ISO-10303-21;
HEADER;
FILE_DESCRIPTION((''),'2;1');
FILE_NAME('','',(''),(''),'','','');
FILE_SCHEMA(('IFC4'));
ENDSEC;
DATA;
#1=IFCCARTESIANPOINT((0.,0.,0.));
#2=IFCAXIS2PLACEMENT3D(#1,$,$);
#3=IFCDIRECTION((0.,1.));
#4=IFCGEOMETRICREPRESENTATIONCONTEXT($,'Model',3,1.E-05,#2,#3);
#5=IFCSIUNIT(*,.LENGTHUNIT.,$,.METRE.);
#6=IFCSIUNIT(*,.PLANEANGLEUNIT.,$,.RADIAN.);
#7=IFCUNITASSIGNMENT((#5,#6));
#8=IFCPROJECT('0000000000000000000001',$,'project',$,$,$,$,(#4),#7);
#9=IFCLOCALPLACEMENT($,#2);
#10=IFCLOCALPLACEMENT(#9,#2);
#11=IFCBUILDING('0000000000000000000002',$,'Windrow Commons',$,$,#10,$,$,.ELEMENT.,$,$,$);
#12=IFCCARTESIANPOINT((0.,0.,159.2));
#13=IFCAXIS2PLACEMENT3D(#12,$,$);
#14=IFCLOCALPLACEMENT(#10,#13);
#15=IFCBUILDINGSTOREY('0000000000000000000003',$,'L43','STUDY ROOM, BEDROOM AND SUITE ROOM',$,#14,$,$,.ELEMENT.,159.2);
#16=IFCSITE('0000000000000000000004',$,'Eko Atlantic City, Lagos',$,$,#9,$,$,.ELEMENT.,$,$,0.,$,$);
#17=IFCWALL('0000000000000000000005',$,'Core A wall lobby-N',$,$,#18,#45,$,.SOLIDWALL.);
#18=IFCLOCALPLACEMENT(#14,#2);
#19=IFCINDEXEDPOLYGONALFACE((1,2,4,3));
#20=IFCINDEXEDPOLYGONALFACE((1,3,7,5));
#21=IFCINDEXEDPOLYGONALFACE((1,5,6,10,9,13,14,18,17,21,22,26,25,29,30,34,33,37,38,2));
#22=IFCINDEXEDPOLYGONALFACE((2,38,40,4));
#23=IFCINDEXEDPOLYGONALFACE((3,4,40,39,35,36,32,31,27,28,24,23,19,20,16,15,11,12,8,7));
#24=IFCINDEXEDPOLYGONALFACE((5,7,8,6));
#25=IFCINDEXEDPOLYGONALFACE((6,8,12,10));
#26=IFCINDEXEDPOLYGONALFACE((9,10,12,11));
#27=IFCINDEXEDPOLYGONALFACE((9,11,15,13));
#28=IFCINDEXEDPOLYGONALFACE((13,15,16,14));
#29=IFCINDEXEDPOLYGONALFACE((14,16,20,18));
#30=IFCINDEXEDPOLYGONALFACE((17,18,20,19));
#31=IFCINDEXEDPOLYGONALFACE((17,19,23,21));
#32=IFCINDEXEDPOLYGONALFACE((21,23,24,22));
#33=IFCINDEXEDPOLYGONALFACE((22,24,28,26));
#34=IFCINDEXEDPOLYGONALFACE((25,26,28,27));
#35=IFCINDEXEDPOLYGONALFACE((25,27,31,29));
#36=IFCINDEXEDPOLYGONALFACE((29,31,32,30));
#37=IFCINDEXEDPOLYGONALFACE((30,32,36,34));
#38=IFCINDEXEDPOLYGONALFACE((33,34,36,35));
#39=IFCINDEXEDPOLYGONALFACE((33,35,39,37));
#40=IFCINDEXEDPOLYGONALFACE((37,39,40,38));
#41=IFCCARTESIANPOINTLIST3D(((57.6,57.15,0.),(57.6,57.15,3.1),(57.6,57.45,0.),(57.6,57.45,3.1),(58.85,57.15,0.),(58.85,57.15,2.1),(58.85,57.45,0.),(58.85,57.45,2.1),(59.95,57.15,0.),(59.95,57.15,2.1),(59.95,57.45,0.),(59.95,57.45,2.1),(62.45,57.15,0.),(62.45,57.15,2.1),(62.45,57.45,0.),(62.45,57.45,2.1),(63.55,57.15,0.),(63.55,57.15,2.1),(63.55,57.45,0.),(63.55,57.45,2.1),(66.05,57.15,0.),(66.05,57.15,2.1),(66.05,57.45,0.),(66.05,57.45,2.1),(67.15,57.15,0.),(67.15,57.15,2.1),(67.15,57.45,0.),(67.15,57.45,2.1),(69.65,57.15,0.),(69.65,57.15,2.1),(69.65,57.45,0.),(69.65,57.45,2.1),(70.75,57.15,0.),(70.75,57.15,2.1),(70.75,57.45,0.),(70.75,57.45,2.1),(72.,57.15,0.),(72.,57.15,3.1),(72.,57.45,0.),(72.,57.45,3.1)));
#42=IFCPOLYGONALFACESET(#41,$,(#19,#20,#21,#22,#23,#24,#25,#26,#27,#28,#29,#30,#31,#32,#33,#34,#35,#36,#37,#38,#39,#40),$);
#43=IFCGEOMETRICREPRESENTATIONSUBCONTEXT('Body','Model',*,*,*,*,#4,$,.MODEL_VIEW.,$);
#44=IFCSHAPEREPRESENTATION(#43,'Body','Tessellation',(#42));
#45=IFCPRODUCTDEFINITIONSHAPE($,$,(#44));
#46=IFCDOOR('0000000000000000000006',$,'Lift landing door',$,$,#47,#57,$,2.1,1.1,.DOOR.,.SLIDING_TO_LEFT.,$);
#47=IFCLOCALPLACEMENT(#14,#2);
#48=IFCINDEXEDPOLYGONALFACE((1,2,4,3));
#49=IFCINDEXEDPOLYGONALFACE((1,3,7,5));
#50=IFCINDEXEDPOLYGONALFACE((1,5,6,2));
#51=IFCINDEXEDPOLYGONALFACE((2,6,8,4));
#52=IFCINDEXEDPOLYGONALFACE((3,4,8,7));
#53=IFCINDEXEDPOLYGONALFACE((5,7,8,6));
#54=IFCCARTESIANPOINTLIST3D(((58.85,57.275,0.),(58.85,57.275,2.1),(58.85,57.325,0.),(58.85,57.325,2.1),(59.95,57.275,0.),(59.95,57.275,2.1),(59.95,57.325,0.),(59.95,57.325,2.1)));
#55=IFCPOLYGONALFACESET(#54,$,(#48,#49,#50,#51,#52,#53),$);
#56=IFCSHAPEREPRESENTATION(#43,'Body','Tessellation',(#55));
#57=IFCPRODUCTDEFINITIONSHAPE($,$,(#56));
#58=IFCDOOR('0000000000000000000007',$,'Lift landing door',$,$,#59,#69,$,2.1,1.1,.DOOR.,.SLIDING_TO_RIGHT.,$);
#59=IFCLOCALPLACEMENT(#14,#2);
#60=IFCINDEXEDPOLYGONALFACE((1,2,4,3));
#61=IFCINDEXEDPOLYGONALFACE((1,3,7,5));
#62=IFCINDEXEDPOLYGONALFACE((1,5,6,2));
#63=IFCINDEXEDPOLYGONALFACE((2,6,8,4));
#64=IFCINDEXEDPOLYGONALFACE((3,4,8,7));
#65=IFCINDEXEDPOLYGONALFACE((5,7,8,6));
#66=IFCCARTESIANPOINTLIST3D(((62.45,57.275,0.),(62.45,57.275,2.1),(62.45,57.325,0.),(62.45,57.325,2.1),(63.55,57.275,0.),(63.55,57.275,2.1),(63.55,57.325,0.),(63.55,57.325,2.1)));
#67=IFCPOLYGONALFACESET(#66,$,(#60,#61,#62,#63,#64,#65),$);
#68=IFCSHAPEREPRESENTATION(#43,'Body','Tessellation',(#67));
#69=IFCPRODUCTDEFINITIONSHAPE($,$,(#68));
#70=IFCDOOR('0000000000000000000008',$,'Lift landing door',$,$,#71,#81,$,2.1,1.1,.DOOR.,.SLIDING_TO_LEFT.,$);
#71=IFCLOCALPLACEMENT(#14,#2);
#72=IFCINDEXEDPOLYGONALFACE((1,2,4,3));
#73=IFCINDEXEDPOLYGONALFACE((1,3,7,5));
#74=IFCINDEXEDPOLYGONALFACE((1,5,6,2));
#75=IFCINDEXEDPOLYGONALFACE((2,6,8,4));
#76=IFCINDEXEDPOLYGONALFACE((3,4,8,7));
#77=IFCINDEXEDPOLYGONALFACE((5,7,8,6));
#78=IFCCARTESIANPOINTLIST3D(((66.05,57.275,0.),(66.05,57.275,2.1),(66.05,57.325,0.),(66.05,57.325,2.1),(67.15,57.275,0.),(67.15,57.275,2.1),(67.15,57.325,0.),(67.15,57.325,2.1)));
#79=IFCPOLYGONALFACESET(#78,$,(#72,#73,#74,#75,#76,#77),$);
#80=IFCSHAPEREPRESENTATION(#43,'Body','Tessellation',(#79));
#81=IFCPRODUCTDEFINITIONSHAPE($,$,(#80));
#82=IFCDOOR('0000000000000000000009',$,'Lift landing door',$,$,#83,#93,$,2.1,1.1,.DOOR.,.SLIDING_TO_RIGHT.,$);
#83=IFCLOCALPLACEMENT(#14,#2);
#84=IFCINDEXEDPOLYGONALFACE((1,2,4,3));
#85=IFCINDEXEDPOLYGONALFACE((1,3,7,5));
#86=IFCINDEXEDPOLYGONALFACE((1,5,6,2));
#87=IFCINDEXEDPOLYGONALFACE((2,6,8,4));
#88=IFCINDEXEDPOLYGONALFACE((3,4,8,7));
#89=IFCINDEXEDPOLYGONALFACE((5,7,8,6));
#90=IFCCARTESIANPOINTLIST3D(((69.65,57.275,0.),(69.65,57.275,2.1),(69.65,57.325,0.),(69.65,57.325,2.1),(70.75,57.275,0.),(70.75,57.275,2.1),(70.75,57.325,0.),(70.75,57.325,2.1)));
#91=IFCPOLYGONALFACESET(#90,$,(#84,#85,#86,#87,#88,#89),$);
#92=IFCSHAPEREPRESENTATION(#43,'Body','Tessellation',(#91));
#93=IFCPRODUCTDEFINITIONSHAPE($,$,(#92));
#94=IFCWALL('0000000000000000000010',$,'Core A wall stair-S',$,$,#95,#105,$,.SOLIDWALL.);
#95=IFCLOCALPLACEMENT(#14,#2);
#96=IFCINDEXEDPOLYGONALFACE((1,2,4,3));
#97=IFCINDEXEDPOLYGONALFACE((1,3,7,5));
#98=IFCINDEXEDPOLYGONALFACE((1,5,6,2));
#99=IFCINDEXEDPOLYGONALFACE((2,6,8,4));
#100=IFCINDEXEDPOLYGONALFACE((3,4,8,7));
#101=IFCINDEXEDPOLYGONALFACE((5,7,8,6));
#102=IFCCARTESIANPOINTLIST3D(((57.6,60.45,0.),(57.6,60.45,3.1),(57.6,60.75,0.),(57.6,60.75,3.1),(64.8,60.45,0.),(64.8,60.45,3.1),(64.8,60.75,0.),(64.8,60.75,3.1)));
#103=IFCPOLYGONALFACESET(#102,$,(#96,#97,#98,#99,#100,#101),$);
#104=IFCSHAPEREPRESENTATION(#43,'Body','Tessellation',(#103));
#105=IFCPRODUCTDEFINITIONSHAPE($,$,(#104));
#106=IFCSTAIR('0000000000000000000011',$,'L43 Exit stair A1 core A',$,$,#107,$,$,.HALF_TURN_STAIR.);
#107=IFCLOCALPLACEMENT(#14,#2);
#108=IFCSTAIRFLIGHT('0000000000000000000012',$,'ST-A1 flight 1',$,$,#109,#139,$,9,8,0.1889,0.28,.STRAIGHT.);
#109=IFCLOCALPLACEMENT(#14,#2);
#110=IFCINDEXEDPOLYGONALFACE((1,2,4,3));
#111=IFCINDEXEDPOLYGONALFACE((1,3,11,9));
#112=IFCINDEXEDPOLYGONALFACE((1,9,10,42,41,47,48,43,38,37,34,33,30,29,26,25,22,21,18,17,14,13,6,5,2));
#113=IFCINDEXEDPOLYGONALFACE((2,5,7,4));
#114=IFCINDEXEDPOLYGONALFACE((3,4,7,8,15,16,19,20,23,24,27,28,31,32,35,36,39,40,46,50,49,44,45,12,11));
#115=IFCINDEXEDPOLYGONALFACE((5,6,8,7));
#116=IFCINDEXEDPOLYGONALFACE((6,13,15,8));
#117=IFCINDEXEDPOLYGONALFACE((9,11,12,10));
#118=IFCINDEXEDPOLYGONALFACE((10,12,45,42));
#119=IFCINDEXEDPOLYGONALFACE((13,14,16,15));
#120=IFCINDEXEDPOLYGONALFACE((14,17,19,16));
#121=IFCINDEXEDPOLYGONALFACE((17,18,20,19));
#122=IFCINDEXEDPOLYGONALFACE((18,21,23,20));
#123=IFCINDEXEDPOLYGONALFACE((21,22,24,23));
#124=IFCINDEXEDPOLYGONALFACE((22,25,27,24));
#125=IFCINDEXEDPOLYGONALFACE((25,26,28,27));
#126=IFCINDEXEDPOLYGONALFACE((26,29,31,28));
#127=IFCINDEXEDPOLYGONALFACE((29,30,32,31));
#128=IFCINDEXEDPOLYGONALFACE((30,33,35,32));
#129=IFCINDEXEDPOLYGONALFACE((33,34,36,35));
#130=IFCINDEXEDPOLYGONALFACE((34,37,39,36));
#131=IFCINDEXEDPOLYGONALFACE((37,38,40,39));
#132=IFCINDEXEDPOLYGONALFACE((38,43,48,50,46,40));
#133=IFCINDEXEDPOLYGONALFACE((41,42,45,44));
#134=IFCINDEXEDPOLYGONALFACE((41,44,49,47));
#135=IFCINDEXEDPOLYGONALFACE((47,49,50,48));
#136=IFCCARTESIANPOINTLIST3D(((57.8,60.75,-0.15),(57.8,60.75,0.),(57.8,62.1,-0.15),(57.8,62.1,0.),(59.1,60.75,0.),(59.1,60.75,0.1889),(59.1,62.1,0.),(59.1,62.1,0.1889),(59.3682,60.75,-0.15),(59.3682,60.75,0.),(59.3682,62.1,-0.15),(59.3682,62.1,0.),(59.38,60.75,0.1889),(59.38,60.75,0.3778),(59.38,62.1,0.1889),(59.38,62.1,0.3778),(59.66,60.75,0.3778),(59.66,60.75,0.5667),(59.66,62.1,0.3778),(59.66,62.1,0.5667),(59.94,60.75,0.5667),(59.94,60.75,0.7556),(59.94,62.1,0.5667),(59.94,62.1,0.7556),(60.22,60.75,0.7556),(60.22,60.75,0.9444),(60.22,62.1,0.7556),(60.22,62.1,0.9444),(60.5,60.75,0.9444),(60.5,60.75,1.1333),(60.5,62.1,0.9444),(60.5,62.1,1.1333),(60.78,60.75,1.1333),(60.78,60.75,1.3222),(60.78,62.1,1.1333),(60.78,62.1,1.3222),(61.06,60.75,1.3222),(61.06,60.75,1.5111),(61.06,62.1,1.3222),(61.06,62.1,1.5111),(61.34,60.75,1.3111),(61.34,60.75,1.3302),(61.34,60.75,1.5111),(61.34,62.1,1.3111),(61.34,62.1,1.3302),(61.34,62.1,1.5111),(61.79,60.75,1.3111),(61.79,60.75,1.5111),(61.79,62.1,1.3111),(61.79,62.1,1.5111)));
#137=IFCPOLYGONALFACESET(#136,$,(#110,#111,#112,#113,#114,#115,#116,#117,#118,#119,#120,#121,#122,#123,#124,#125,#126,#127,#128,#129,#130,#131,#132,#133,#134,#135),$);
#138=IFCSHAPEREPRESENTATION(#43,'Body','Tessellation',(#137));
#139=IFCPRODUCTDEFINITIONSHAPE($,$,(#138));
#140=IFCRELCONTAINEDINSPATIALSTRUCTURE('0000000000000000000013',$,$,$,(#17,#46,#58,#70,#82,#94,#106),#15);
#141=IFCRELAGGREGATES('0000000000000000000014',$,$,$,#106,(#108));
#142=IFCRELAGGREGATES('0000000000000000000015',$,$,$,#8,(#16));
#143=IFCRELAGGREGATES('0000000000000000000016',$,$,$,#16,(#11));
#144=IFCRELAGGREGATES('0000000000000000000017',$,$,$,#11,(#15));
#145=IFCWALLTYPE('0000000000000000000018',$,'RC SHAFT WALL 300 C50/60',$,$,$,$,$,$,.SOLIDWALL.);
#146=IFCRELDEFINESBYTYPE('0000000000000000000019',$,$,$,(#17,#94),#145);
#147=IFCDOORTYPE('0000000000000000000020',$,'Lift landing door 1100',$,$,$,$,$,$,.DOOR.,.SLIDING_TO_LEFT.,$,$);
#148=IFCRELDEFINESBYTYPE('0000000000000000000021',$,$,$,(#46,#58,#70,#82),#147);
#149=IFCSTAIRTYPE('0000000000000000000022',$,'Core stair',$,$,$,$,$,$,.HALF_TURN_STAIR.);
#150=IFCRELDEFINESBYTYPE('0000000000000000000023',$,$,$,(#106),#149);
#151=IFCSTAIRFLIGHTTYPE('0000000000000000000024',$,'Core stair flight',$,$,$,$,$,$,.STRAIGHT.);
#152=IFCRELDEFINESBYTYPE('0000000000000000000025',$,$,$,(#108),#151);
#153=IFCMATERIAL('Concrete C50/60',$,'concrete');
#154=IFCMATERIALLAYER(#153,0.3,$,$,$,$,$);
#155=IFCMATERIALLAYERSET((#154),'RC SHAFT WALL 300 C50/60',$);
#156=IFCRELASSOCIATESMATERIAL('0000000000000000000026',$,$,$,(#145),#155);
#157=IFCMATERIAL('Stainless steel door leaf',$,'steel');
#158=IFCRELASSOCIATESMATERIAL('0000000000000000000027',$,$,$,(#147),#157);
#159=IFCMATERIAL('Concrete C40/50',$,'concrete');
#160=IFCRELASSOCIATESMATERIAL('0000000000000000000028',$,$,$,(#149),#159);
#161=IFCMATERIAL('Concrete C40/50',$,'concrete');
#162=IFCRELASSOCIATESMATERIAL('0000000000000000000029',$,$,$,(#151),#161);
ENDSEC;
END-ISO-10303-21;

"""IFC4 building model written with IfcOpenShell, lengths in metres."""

from ifc_helpers import new_model, si_unit, direction, frame, frame_2d, origin, place, context, subcontext, project, spatial, polyline, rectangle, outline, extrude, material, layer, layer_set, type_object, element, fill, aggregate, save


model = new_model("IFC4")

# Units and contexts
model_context = context("Model", 3, precision=1e-05, world=origin(), true_north=direction((0.0, 1.0)))
body_context = subcontext(model_context, "Body", "Model", "MODEL_VIEW")
ifc_project = project(units=[si_unit("LENGTHUNIT", "METRE"), si_unit("PLANEANGLEUNIT", "RADIAN")], contexts=[model_context])

# Site, building, storey
site_placement = place(None, origin())
site = spatial("IfcSite", under=ifc_project, at=site_placement, Name="Eko Atlantic City, Lagos", CompositionType="ELEMENT", RefElevation=0.0)
building_placement = place(site_placement, origin())
building = spatial("IfcBuilding", under=site, at=building_placement, Name="Windrow Commons", CompositionType="ELEMENT")
storey_placement = place(building_placement, frame((0.0, 0.0, 159.2)))
storey = spatial("IfcBuildingStorey", under=building, at=storey_placement, Name="L43", Description="STUDY ROOM, BEDROOM AND SUITE ROOM", CompositionType="ELEMENT", Elevation=159.2)

# Wall, openings, doors
ifc_material_1 = material(Name="Concrete C50/60", Category="concrete")
ifc_layer_1 = layer(ifc_material_1, 0.3)
ifc_layer_set_1 = layer_set([ifc_layer_1], Name="RC SHAFT WALL 300 C50/60")
wall_type_1 = type_object("IfcWallType", Name="RC SHAFT WALL 300 C50/60", PredefinedType="SOLIDWALL", material=ifc_layer_set_1)
ifc_material_2 = material(Name="Stainless steel door leaf", Category="steel")
door_type_1 = type_object("IfcDoorType", Name="Lift landing door 1100", OperationType="SLIDING_TO_LEFT", PredefinedType="DOOR", material=ifc_material_2)
wall_1_placement = place(storey_placement, frame((57.6, 57.3, 0.0), z_axis=(0.0, 0.0, 1.0), x_axis=(1.0, 0.0, 0.0)))
wall_1 = element("IfcWall", 1, at=wall_1_placement, inside=storey, type_object=wall_type_1, Name="Core A wall lobby-N", PredefinedType="SOLIDWALL", context=body_context, shape_type="SweptSolid", body=[
    extrude(rectangle(XDim=14.4, YDim=0.3, at=frame_2d((7.2, 0.0))), origin(), (0.0, 0.0, 1.0), 3.1),
])
opening_1_placement = place(wall_1_placement, frame((1.25, 0.0, 0.0)))
opening_1 = element("IfcOpeningElement", 2, at=opening_1_placement, cuts=wall_1, PredefinedType="OPENING", context=body_context, shape_type="SweptSolid", body=[
    extrude(rectangle(XDim=1.1, YDim=2.1, at=frame_2d((0.55, 1.05))), frame((0.0, 0.16, 0.0), z_axis=(0.0, -1.0, 0.0), x_axis=(1.0, 0.0, 0.0)), (0.0, 0.0, 1.0), 0.32),
])
opening_2_placement = place(wall_1_placement, frame((4.85, 0.0, 0.0)))
opening_2 = element("IfcOpeningElement", 3, at=opening_2_placement, cuts=wall_1, PredefinedType="OPENING", context=body_context, shape_type="SweptSolid", body=[
    extrude(rectangle(XDim=1.1, YDim=2.1, at=frame_2d((0.55, 1.05))), frame((0.0, 0.16, 0.0), z_axis=(0.0, -1.0, 0.0), x_axis=(1.0, 0.0, 0.0)), (0.0, 0.0, 1.0), 0.32),
])
opening_3_placement = place(wall_1_placement, frame((8.45, 0.0, 0.0)))
opening_3 = element("IfcOpeningElement", 4, at=opening_3_placement, cuts=wall_1, PredefinedType="OPENING", context=body_context, shape_type="SweptSolid", body=[
    extrude(rectangle(XDim=1.1, YDim=2.1, at=frame_2d((0.55, 1.05))), frame((0.0, 0.16, 0.0), z_axis=(0.0, -1.0, 0.0), x_axis=(1.0, 0.0, 0.0)), (0.0, 0.0, 1.0), 0.32),
])
opening_4_placement = place(wall_1_placement, frame((12.05, 0.0, 0.0)))
opening_4 = element("IfcOpeningElement", 5, at=opening_4_placement, cuts=wall_1, PredefinedType="OPENING", context=body_context, shape_type="SweptSolid", body=[
    extrude(rectangle(XDim=1.1, YDim=2.1, at=frame_2d((0.55, 1.05))), frame((0.0, 0.16, 0.0), z_axis=(0.0, -1.0, 0.0), x_axis=(1.0, 0.0, 0.0)), (0.0, 0.0, 1.0), 0.32),
])
door_1_placement = place(opening_1_placement, origin())
door_1 = element("IfcDoor", 6, at=door_1_placement, inside=storey, type_object=door_type_1, Name="Lift landing door", OperationType="SLIDING_TO_LEFT", OverallHeight=2.1, OverallWidth=1.1, PredefinedType="DOOR", context=body_context, shape_type="SweptSolid", body=[
    extrude(rectangle(XDim=1.1, YDim=2.1, at=frame_2d((0.55, 1.05))), frame((0.0, 0.025, 0.0), z_axis=(0.0, -1.0, 0.0), x_axis=(1.0, 0.0, 0.0)), (0.0, 0.0, 1.0), 0.05),
])
fill(opening_1, door_1)
door_2_placement = place(opening_2_placement, origin())
door_2 = element("IfcDoor", 7, at=door_2_placement, inside=storey, type_object=door_type_1, Name="Lift landing door", OperationType="SLIDING_TO_RIGHT", OverallHeight=2.1, OverallWidth=1.1, PredefinedType="DOOR", context=body_context, shape_type="SweptSolid", body=[
    extrude(rectangle(XDim=1.1, YDim=2.1, at=frame_2d((0.55, 1.05))), frame((0.0, 0.025, 0.0), z_axis=(0.0, -1.0, 0.0), x_axis=(1.0, 0.0, 0.0)), (0.0, 0.0, 1.0), 0.05),
])
fill(opening_2, door_2)
door_3_placement = place(opening_3_placement, origin())
door_3 = element("IfcDoor", 8, at=door_3_placement, inside=storey, type_object=door_type_1, Name="Lift landing door", OperationType="SLIDING_TO_LEFT", OverallHeight=2.1, OverallWidth=1.1, PredefinedType="DOOR", context=body_context, shape_type="SweptSolid", body=[
    extrude(rectangle(XDim=1.1, YDim=2.1, at=frame_2d((0.55, 1.05))), frame((0.0, 0.025, 0.0), z_axis=(0.0, -1.0, 0.0), x_axis=(1.0, 0.0, 0.0)), (0.0, 0.0, 1.0), 0.05),
])
fill(opening_3, door_3)
door_4_placement = place(opening_4_placement, origin())
door_4 = element("IfcDoor", 9, at=door_4_placement, inside=storey, type_object=door_type_1, Name="Lift landing door", OperationType="SLIDING_TO_RIGHT", OverallHeight=2.1, OverallWidth=1.1, PredefinedType="DOOR", context=body_context, shape_type="SweptSolid", body=[
    extrude(rectangle(XDim=1.1, YDim=2.1, at=frame_2d((0.55, 1.05))), frame((0.0, 0.025, 0.0), z_axis=(0.0, -1.0, 0.0), x_axis=(1.0, 0.0, 0.0)), (0.0, 0.0, 1.0), 0.05),
])
fill(opening_4, door_4)

# Wall
wall_2_placement = place(storey_placement, frame((57.6, 60.6, 0.0), z_axis=(0.0, 0.0, 1.0), x_axis=(1.0, 0.0, 0.0)))
element("IfcWall", 10, at=wall_2_placement, inside=storey, type_object=wall_type_1, Name="Core A wall stair-S", PredefinedType="SOLIDWALL", context=body_context, shape_type="SweptSolid", body=[
    extrude(rectangle(XDim=7.2, YDim=0.3, at=frame_2d((3.6, 0.0))), origin(), (0.0, 0.0, 1.0), 3.1),
])

# Stair, stair flight
ifc_material_3 = material(Name="Concrete C40/50", Category="concrete")
stair_type = type_object("IfcStairType", Name="Core stair", PredefinedType="HALF_TURN_STAIR", material=ifc_material_3)
stair_placement = place(storey_placement, origin())
stair = element("IfcStair", 11, at=stair_placement, inside=storey, type_object=stair_type, Name="L43 Exit stair A1 core A", PredefinedType="HALF_TURN_STAIR")
ifc_material_4 = material(Name="Concrete C40/50", Category="concrete")
stair_flight_type = type_object("IfcStairFlightType", Name="Core stair flight", PredefinedType="STRAIGHT", material=ifc_material_4)
stair_flight_placement = place(storey_placement, frame((59.1, 61.425, 0.0), z_axis=(0.0, 0.0, 1.0), x_axis=(1.0, 0.0, 0.0)))
stair_flight = element("IfcStairFlight", 12, at=stair_flight_placement, type_object=stair_flight_type, Name="ST-A1 flight 1", NumberOfRisers=9, NumberOfTreads=8, PredefinedType="STRAIGHT", RiserHeight=0.1889, TreadLength=0.28, context=body_context, shape_type="SweptSolid", body=[
    extrude(outline(polyline([(-1.3, -0.15), (-1.3, 0.0), (0.0, 0.0), (0.0, 0.1889), (0.28, 0.1889), (0.28, 0.3778), (0.56, 0.3778), (0.56, 0.5667), (0.84, 0.5667), (0.84, 0.7556), (1.12, 0.7556), (1.12, 0.9444), (1.4, 0.9444), (1.4, 1.1333), (1.68, 1.1333), (1.68, 1.3222), (1.96, 1.3222), (1.96, 1.5111), (2.24, 1.5111), (2.69, 1.5111), (2.69, 1.3111), (2.24, 1.3111), (2.24, 1.3302), (0.2682, 0.0), (0.2682, -0.15), (-1.3, -0.15)])), frame((0.0, 0.675, 0.0), z_axis=(0.0, -1.0, 0.0), x_axis=(1.0, 0.0, 0.0)), (0.0, 0.0, 1.0), 1.35),
])
aggregate(stair, [stair_flight])

save(model, "model.ifc")
